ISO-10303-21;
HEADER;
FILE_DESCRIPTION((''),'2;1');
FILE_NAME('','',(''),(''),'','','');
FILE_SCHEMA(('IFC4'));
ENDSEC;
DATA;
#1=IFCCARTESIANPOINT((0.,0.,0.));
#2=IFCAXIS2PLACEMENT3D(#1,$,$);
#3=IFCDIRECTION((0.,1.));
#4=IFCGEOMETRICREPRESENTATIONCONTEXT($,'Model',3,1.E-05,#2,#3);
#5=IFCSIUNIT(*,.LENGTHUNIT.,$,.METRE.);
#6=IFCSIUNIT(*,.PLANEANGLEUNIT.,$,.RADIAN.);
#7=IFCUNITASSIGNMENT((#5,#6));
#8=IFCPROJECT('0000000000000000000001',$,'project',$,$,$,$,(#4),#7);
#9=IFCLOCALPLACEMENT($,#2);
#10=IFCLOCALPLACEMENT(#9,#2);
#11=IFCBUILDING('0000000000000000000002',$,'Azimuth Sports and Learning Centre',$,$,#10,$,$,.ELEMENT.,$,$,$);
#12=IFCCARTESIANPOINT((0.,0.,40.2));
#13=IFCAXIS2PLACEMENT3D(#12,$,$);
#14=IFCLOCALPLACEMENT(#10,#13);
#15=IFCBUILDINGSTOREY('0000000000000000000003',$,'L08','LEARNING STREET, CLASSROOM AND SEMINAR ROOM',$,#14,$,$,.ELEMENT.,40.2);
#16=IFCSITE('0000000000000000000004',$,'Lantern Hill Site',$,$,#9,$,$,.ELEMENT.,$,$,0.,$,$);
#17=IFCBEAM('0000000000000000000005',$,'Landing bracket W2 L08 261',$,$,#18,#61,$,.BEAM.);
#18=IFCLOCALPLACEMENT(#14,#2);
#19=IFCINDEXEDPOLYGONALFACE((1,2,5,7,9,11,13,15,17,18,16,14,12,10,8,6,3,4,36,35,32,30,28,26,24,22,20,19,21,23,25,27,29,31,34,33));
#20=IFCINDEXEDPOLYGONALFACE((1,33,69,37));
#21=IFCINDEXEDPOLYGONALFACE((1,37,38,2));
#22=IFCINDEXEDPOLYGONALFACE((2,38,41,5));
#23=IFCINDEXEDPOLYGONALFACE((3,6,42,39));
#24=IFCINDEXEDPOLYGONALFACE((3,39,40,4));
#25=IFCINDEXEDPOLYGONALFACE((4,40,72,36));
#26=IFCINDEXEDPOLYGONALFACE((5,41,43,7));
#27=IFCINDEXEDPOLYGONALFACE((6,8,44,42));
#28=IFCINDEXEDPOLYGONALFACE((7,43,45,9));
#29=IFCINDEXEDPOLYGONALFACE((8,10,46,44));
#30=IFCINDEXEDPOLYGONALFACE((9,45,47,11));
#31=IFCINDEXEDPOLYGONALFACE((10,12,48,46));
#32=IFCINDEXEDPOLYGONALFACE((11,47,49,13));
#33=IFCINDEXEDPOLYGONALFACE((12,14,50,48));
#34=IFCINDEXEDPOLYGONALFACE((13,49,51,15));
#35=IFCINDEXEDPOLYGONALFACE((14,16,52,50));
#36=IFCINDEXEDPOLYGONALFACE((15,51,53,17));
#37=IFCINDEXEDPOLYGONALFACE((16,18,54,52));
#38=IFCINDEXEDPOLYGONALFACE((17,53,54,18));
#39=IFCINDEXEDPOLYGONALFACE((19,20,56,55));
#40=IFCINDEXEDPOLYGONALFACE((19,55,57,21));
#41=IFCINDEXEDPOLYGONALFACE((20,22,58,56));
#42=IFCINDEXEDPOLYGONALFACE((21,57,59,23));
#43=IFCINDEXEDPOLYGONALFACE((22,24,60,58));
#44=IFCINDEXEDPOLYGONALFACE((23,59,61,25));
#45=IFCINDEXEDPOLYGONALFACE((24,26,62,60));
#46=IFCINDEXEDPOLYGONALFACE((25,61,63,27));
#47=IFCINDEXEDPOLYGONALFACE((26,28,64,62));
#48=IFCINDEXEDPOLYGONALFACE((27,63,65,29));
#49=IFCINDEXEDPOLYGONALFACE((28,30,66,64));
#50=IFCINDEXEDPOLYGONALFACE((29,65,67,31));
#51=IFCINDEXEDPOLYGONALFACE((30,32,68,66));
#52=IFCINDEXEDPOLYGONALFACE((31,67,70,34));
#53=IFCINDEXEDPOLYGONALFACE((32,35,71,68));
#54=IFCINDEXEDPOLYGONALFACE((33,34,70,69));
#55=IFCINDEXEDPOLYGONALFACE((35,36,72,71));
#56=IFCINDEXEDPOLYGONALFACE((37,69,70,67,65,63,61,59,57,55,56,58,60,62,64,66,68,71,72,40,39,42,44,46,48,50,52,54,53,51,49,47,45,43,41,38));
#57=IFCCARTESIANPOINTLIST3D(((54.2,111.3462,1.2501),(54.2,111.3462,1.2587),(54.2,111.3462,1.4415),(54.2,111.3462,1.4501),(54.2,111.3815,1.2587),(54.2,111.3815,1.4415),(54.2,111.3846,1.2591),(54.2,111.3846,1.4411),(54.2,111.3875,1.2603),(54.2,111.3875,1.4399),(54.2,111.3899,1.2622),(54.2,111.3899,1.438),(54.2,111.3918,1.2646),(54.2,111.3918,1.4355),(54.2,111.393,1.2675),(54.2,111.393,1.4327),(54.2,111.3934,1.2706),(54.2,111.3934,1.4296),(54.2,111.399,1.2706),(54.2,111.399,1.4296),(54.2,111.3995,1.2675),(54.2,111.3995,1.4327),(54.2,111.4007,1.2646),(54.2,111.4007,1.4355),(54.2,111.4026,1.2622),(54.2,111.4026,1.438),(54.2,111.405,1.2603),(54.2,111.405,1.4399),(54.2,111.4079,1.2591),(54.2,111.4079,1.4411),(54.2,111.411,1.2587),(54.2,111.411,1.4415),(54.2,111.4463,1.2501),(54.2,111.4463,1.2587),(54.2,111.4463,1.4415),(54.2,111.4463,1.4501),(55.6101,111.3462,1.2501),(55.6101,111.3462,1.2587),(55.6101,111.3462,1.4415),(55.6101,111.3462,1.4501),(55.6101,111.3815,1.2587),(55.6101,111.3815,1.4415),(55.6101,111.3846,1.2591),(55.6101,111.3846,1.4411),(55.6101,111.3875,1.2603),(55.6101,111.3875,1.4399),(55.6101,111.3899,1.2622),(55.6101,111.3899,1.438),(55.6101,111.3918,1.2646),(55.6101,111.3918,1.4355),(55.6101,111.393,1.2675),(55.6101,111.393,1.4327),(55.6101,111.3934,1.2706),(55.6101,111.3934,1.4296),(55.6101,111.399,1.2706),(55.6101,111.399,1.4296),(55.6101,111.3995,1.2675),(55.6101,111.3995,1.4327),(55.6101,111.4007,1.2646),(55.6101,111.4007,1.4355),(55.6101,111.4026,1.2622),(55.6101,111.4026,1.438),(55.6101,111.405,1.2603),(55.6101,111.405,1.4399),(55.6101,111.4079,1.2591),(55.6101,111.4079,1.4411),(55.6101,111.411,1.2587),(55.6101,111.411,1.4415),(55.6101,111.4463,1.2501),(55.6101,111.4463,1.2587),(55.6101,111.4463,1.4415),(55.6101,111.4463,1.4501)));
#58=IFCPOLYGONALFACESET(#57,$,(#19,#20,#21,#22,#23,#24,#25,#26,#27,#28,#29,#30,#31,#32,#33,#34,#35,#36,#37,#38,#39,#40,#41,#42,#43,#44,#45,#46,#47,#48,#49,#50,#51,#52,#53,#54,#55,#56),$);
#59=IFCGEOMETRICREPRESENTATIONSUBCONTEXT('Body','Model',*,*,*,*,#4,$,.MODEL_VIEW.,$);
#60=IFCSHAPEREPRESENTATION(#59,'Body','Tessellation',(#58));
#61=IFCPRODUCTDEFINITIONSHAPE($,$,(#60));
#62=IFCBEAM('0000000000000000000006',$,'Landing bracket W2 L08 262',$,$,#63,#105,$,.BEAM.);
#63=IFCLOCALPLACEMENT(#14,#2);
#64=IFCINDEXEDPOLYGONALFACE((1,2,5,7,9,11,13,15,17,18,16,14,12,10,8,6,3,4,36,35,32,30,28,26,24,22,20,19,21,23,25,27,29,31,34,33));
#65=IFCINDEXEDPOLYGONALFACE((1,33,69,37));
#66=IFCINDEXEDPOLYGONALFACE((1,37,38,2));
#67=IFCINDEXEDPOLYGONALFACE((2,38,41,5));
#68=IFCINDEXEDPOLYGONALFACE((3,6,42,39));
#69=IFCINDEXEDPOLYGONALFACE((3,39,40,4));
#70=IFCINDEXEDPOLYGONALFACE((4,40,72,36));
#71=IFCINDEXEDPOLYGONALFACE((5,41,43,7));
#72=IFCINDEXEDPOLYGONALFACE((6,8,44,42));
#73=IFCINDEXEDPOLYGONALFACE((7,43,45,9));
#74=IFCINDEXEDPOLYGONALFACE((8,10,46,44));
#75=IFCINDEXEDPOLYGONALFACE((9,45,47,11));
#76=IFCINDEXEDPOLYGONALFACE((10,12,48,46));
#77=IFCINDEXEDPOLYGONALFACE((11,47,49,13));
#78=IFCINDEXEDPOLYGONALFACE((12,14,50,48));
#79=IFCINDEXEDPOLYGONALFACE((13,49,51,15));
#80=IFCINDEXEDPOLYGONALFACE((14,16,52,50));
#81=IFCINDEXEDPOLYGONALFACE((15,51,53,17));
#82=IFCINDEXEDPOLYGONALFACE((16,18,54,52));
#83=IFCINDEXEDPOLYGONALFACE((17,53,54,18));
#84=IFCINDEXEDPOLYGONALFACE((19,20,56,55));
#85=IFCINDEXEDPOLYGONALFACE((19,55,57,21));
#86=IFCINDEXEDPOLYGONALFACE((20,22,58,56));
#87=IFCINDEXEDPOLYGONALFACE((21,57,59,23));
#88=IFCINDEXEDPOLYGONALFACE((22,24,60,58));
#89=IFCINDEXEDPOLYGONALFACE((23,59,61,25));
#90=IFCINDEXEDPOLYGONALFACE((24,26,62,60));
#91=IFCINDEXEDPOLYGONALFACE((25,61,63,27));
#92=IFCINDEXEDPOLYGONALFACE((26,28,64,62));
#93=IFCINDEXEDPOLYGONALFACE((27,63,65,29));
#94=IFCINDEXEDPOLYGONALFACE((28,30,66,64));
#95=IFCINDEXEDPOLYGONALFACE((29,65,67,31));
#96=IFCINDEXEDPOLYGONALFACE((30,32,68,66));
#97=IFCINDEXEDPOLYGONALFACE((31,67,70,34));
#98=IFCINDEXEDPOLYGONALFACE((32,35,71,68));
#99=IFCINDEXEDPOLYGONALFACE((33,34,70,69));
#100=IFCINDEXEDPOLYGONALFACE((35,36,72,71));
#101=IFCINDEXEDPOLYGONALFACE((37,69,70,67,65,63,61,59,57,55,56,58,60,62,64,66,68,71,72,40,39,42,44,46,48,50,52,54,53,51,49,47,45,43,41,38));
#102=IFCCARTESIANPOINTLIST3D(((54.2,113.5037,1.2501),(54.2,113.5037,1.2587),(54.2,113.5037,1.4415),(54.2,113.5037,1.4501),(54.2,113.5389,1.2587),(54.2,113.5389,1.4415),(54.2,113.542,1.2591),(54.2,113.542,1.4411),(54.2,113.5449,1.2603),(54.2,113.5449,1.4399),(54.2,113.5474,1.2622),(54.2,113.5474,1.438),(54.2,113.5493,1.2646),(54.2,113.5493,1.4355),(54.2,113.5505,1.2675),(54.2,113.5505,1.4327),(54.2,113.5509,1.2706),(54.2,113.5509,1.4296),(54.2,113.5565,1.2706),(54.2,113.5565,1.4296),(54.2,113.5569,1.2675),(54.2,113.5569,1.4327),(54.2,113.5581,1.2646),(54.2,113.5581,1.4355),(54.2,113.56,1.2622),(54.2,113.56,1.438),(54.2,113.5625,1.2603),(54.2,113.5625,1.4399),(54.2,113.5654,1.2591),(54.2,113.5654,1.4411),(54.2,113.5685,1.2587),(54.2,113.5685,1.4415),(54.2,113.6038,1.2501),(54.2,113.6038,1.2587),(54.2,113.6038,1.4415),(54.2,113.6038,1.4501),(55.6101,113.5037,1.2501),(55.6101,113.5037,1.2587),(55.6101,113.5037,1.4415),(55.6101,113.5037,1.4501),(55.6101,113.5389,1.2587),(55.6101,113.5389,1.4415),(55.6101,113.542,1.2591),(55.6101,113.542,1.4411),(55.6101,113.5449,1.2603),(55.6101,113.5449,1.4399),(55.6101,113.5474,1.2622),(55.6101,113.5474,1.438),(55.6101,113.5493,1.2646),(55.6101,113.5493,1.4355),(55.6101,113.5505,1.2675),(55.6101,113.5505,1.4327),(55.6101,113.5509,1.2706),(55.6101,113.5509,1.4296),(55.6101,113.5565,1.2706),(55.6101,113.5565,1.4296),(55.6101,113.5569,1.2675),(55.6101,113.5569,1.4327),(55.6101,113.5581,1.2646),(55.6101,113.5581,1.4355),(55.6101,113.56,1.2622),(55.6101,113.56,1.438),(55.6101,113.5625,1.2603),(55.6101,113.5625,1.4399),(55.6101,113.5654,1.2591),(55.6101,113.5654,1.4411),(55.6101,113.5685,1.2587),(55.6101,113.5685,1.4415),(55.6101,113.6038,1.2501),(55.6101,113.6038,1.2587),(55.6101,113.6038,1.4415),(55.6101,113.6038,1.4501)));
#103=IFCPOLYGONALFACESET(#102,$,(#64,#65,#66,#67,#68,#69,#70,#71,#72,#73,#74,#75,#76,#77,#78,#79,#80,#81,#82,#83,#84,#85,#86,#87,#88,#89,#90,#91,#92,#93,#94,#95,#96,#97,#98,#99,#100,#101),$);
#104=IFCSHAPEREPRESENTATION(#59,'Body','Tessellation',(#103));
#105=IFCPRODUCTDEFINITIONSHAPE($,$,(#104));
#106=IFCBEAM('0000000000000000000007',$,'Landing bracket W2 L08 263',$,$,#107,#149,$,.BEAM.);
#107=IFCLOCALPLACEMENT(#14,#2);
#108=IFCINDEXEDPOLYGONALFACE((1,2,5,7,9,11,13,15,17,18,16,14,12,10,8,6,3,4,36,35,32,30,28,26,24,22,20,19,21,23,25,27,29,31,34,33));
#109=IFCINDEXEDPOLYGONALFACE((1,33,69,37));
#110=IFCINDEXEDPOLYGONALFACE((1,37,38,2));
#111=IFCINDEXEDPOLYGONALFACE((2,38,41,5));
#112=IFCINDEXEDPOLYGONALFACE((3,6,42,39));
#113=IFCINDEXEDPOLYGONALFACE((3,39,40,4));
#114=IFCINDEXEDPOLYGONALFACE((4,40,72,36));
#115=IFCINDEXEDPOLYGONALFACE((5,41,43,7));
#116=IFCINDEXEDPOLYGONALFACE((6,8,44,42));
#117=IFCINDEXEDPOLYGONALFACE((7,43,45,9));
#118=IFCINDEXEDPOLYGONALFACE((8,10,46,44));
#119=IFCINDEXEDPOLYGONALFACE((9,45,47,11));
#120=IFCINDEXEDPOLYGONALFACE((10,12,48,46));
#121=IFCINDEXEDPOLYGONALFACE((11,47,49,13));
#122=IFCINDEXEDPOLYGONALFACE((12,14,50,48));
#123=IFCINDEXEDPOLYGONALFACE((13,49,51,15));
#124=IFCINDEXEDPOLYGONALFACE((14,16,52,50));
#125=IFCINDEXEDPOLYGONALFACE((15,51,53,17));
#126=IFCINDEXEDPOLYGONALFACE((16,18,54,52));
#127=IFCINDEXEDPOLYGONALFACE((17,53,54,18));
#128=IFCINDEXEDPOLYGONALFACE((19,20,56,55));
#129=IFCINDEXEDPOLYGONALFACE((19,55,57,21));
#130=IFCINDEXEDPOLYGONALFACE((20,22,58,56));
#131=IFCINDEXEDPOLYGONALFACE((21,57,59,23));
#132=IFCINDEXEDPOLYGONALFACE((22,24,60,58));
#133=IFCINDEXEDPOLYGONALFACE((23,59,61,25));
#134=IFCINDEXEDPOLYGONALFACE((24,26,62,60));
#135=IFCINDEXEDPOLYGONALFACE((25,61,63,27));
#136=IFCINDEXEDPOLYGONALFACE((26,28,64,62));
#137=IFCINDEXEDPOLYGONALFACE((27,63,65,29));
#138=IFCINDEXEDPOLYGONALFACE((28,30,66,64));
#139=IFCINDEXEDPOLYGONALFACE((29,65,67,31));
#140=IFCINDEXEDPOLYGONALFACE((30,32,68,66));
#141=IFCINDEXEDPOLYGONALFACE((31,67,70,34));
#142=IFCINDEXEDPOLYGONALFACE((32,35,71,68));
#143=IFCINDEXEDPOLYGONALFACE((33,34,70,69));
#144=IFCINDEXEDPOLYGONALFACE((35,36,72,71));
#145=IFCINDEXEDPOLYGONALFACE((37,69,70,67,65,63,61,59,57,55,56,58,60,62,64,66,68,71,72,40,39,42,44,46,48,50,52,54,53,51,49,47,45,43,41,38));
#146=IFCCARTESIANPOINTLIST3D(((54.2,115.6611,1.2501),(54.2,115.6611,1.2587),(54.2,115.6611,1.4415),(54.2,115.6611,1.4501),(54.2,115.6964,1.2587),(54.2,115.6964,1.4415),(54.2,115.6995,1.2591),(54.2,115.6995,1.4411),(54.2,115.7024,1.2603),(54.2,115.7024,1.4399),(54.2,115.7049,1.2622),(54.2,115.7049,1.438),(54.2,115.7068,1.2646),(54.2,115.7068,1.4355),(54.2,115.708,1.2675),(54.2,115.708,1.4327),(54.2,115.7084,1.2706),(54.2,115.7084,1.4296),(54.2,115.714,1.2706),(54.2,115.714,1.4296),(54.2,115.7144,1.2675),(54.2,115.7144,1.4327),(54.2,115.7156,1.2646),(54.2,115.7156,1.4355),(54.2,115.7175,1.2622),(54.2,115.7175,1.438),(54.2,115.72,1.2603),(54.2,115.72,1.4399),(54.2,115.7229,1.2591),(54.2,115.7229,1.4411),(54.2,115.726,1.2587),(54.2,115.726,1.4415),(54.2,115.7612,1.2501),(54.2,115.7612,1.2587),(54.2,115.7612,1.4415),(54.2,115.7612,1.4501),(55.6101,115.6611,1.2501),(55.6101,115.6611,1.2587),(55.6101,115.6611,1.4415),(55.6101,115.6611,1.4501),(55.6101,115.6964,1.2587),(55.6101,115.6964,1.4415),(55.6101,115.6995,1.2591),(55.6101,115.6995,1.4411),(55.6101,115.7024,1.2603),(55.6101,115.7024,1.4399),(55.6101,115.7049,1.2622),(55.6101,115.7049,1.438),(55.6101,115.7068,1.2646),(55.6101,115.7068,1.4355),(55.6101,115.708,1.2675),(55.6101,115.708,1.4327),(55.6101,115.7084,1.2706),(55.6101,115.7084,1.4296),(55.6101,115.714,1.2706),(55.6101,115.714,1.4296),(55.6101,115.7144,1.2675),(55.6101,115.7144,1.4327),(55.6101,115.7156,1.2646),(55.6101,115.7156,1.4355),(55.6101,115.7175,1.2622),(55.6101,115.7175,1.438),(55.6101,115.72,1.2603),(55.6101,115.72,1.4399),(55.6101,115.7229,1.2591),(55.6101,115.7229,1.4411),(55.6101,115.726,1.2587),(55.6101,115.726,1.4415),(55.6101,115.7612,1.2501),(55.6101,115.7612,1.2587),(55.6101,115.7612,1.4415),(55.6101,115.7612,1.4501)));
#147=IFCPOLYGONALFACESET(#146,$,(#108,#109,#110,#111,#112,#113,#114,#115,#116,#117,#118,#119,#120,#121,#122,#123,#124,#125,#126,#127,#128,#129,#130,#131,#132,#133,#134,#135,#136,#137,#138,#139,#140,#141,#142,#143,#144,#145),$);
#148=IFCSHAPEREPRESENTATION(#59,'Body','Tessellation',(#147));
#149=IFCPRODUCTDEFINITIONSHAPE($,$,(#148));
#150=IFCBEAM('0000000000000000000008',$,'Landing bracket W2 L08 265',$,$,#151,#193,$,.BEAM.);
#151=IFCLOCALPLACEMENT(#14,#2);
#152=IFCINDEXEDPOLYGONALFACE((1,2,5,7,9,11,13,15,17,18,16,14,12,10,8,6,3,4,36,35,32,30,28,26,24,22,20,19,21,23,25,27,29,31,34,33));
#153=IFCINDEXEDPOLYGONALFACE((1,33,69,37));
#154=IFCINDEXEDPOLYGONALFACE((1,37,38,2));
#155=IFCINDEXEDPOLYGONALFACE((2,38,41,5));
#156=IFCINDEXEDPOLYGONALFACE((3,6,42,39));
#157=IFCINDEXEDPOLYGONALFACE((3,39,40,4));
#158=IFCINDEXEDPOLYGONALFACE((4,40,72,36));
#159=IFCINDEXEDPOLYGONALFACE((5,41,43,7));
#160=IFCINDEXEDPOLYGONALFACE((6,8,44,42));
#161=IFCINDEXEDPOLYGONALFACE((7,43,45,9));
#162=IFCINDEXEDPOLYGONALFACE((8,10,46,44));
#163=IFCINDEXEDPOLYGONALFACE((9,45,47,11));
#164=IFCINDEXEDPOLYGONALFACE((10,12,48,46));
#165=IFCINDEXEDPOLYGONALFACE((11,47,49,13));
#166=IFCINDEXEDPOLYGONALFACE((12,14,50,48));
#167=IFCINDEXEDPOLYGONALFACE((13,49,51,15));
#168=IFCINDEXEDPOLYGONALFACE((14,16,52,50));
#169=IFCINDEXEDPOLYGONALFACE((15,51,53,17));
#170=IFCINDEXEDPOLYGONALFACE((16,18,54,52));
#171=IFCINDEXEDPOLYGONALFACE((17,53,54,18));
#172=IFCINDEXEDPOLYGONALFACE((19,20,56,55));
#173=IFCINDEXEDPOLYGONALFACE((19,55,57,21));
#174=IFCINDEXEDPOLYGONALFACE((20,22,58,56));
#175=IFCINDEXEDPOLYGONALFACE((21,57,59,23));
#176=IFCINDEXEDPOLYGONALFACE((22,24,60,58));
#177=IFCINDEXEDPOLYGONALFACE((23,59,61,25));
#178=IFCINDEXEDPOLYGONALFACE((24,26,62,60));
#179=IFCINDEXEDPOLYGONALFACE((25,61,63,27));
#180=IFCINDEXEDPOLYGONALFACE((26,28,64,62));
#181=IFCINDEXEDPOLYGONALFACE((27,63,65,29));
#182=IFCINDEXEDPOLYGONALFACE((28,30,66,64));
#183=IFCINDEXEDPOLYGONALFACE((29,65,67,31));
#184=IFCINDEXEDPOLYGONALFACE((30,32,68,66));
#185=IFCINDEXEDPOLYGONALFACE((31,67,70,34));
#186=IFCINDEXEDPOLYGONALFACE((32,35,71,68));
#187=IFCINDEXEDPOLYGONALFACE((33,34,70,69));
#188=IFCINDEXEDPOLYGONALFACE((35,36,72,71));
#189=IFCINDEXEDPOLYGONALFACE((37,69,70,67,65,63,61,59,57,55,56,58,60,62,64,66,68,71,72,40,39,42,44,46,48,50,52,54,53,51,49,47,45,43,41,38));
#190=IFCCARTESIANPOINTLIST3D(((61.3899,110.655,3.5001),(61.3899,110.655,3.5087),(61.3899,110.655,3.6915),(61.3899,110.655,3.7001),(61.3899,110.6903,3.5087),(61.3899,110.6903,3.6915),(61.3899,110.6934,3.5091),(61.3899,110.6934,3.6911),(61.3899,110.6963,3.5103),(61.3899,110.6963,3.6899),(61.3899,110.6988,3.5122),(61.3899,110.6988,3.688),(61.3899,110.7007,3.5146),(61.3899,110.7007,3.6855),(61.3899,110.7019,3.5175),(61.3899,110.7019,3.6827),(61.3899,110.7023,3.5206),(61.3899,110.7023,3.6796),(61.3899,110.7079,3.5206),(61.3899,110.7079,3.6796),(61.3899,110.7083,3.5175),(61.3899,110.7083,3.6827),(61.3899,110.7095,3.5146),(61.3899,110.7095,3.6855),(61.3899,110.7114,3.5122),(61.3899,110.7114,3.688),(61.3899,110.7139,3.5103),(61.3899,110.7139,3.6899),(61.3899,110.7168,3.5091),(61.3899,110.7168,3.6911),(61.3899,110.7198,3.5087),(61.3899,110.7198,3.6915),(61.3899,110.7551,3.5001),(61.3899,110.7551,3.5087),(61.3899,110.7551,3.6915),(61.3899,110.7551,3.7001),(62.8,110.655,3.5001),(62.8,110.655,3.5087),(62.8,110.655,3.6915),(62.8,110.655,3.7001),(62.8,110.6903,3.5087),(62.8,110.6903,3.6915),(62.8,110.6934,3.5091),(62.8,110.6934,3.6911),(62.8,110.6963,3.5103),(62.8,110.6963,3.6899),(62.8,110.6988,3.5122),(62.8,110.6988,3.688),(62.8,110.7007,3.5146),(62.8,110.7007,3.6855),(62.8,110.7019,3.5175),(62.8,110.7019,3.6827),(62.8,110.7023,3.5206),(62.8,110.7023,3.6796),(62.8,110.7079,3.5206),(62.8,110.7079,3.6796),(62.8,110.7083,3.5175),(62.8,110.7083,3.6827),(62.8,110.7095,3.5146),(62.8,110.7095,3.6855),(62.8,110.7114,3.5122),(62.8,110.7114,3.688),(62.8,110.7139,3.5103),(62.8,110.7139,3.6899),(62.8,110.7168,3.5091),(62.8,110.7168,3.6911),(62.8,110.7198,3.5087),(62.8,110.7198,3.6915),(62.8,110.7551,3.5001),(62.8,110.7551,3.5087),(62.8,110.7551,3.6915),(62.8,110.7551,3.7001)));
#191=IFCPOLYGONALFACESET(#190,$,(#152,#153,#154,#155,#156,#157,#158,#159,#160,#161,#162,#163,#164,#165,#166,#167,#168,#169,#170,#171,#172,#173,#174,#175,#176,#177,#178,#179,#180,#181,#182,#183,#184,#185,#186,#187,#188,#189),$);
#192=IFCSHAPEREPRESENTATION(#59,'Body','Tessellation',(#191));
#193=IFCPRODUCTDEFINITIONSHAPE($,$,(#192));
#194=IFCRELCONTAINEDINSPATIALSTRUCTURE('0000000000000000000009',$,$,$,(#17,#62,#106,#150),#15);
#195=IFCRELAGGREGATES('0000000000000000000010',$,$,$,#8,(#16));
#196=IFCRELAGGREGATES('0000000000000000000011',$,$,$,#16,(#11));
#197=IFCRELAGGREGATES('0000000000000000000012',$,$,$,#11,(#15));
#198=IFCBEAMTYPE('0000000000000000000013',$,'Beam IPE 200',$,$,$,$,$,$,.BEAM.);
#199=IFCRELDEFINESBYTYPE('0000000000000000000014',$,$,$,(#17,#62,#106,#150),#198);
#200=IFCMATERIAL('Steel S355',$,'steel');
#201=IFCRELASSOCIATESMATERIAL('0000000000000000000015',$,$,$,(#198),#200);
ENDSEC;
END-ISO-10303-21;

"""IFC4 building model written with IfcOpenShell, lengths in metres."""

from ifc_helpers import new_model, si_unit, direction, frame, origin, origin_2d, place, context, subcontext, project, spatial, i_section, extrude, material, material_profile, profile_set, type_object, element, save


model = new_model("IFC4")

# Units and contexts
model_context = context("Model", 3, precision=1e-05, world=origin(), true_north=direction((0.0, 1.0)))
body_context = subcontext(model_context, "Body", "Model", "MODEL_VIEW")
ifc_project = project(units=[si_unit("LENGTHUNIT", "METRE"), si_unit("PLANEANGLEUNIT", "RADIAN")], contexts=[model_context])

# Site, building, storey
site_placement = place(None, origin())
site = spatial("IfcSite", under=ifc_project, at=site_placement, Name="Lantern Hill Site", CompositionType="ELEMENT", RefElevation=0.0)
building_placement = place(site_placement, origin())
building = spatial("IfcBuilding", under=site, at=building_placement, Name="Azimuth Sports and Learning Centre", CompositionType="ELEMENT")
storey_placement = place(building_placement, frame((0.0, 0.0, 40.2)))
storey = spatial("IfcBuildingStorey", under=building, at=storey_placement, Name="L08", Description="LEARNING STREET, CLASSROOM AND SEMINAR ROOM", CompositionType="ELEMENT", Elevation=40.2)

# Beams
ifc_material_1 = material(Name="Steel S355", Category="steel")
ifc_material_profile_1 = material_profile(ifc_material_1, i_section(OverallWidth=0.1001, OverallDepth=0.2, WebThickness=0.0056, FlangeThickness=0.0085, FilletRadius=0.012, at=origin_2d()), Name="IPE 200")
ifc_profile_set_1 = profile_set([ifc_material_profile_1], Name="Steel S355")
beam_type_1 = type_object("IfcBeamType", Name="Beam IPE 200", PredefinedType="BEAM", material=ifc_profile_set_1)
for number, where, z_axis, x_axis, name in (
    (1, (54.2, 111.3962, 1.3501), (1.0, 0.0, 0.0), (0.0, 1.0, 0.0), "Landing bracket W2 L08 261"),
    (2, (54.2, 113.5537, 1.3501), (1.0, 0.0, 0.0), (0.0, 1.0, 0.0), "Landing bracket W2 L08 262"),
    (3, (54.2, 115.7112, 1.3501), (1.0, 0.0, 0.0), (0.0, 1.0, 0.0), "Landing bracket W2 L08 263"),
    (4, (62.8, 110.7051, 3.6001), (-1.0, 0.0, 0.0), (0.0, -1.0, 0.0), "Landing bracket W2 L08 265"),
):
    element("IfcBeam", number, at=place(storey_placement, frame(where, z_axis=z_axis, x_axis=x_axis)), inside=storey, type_object=beam_type_1, Name=name, PredefinedType="BEAM", context=body_context, shape_type="SweptSolid", body=[
        extrude(i_section(OverallWidth=0.1001, OverallDepth=0.2, WebThickness=0.0056, FlangeThickness=0.0085, FilletRadius=0.012, at=origin_2d()), origin(), (0.0, 0.0, 1.0), 1.4102),
    ])

save(model, "model.ifc")
